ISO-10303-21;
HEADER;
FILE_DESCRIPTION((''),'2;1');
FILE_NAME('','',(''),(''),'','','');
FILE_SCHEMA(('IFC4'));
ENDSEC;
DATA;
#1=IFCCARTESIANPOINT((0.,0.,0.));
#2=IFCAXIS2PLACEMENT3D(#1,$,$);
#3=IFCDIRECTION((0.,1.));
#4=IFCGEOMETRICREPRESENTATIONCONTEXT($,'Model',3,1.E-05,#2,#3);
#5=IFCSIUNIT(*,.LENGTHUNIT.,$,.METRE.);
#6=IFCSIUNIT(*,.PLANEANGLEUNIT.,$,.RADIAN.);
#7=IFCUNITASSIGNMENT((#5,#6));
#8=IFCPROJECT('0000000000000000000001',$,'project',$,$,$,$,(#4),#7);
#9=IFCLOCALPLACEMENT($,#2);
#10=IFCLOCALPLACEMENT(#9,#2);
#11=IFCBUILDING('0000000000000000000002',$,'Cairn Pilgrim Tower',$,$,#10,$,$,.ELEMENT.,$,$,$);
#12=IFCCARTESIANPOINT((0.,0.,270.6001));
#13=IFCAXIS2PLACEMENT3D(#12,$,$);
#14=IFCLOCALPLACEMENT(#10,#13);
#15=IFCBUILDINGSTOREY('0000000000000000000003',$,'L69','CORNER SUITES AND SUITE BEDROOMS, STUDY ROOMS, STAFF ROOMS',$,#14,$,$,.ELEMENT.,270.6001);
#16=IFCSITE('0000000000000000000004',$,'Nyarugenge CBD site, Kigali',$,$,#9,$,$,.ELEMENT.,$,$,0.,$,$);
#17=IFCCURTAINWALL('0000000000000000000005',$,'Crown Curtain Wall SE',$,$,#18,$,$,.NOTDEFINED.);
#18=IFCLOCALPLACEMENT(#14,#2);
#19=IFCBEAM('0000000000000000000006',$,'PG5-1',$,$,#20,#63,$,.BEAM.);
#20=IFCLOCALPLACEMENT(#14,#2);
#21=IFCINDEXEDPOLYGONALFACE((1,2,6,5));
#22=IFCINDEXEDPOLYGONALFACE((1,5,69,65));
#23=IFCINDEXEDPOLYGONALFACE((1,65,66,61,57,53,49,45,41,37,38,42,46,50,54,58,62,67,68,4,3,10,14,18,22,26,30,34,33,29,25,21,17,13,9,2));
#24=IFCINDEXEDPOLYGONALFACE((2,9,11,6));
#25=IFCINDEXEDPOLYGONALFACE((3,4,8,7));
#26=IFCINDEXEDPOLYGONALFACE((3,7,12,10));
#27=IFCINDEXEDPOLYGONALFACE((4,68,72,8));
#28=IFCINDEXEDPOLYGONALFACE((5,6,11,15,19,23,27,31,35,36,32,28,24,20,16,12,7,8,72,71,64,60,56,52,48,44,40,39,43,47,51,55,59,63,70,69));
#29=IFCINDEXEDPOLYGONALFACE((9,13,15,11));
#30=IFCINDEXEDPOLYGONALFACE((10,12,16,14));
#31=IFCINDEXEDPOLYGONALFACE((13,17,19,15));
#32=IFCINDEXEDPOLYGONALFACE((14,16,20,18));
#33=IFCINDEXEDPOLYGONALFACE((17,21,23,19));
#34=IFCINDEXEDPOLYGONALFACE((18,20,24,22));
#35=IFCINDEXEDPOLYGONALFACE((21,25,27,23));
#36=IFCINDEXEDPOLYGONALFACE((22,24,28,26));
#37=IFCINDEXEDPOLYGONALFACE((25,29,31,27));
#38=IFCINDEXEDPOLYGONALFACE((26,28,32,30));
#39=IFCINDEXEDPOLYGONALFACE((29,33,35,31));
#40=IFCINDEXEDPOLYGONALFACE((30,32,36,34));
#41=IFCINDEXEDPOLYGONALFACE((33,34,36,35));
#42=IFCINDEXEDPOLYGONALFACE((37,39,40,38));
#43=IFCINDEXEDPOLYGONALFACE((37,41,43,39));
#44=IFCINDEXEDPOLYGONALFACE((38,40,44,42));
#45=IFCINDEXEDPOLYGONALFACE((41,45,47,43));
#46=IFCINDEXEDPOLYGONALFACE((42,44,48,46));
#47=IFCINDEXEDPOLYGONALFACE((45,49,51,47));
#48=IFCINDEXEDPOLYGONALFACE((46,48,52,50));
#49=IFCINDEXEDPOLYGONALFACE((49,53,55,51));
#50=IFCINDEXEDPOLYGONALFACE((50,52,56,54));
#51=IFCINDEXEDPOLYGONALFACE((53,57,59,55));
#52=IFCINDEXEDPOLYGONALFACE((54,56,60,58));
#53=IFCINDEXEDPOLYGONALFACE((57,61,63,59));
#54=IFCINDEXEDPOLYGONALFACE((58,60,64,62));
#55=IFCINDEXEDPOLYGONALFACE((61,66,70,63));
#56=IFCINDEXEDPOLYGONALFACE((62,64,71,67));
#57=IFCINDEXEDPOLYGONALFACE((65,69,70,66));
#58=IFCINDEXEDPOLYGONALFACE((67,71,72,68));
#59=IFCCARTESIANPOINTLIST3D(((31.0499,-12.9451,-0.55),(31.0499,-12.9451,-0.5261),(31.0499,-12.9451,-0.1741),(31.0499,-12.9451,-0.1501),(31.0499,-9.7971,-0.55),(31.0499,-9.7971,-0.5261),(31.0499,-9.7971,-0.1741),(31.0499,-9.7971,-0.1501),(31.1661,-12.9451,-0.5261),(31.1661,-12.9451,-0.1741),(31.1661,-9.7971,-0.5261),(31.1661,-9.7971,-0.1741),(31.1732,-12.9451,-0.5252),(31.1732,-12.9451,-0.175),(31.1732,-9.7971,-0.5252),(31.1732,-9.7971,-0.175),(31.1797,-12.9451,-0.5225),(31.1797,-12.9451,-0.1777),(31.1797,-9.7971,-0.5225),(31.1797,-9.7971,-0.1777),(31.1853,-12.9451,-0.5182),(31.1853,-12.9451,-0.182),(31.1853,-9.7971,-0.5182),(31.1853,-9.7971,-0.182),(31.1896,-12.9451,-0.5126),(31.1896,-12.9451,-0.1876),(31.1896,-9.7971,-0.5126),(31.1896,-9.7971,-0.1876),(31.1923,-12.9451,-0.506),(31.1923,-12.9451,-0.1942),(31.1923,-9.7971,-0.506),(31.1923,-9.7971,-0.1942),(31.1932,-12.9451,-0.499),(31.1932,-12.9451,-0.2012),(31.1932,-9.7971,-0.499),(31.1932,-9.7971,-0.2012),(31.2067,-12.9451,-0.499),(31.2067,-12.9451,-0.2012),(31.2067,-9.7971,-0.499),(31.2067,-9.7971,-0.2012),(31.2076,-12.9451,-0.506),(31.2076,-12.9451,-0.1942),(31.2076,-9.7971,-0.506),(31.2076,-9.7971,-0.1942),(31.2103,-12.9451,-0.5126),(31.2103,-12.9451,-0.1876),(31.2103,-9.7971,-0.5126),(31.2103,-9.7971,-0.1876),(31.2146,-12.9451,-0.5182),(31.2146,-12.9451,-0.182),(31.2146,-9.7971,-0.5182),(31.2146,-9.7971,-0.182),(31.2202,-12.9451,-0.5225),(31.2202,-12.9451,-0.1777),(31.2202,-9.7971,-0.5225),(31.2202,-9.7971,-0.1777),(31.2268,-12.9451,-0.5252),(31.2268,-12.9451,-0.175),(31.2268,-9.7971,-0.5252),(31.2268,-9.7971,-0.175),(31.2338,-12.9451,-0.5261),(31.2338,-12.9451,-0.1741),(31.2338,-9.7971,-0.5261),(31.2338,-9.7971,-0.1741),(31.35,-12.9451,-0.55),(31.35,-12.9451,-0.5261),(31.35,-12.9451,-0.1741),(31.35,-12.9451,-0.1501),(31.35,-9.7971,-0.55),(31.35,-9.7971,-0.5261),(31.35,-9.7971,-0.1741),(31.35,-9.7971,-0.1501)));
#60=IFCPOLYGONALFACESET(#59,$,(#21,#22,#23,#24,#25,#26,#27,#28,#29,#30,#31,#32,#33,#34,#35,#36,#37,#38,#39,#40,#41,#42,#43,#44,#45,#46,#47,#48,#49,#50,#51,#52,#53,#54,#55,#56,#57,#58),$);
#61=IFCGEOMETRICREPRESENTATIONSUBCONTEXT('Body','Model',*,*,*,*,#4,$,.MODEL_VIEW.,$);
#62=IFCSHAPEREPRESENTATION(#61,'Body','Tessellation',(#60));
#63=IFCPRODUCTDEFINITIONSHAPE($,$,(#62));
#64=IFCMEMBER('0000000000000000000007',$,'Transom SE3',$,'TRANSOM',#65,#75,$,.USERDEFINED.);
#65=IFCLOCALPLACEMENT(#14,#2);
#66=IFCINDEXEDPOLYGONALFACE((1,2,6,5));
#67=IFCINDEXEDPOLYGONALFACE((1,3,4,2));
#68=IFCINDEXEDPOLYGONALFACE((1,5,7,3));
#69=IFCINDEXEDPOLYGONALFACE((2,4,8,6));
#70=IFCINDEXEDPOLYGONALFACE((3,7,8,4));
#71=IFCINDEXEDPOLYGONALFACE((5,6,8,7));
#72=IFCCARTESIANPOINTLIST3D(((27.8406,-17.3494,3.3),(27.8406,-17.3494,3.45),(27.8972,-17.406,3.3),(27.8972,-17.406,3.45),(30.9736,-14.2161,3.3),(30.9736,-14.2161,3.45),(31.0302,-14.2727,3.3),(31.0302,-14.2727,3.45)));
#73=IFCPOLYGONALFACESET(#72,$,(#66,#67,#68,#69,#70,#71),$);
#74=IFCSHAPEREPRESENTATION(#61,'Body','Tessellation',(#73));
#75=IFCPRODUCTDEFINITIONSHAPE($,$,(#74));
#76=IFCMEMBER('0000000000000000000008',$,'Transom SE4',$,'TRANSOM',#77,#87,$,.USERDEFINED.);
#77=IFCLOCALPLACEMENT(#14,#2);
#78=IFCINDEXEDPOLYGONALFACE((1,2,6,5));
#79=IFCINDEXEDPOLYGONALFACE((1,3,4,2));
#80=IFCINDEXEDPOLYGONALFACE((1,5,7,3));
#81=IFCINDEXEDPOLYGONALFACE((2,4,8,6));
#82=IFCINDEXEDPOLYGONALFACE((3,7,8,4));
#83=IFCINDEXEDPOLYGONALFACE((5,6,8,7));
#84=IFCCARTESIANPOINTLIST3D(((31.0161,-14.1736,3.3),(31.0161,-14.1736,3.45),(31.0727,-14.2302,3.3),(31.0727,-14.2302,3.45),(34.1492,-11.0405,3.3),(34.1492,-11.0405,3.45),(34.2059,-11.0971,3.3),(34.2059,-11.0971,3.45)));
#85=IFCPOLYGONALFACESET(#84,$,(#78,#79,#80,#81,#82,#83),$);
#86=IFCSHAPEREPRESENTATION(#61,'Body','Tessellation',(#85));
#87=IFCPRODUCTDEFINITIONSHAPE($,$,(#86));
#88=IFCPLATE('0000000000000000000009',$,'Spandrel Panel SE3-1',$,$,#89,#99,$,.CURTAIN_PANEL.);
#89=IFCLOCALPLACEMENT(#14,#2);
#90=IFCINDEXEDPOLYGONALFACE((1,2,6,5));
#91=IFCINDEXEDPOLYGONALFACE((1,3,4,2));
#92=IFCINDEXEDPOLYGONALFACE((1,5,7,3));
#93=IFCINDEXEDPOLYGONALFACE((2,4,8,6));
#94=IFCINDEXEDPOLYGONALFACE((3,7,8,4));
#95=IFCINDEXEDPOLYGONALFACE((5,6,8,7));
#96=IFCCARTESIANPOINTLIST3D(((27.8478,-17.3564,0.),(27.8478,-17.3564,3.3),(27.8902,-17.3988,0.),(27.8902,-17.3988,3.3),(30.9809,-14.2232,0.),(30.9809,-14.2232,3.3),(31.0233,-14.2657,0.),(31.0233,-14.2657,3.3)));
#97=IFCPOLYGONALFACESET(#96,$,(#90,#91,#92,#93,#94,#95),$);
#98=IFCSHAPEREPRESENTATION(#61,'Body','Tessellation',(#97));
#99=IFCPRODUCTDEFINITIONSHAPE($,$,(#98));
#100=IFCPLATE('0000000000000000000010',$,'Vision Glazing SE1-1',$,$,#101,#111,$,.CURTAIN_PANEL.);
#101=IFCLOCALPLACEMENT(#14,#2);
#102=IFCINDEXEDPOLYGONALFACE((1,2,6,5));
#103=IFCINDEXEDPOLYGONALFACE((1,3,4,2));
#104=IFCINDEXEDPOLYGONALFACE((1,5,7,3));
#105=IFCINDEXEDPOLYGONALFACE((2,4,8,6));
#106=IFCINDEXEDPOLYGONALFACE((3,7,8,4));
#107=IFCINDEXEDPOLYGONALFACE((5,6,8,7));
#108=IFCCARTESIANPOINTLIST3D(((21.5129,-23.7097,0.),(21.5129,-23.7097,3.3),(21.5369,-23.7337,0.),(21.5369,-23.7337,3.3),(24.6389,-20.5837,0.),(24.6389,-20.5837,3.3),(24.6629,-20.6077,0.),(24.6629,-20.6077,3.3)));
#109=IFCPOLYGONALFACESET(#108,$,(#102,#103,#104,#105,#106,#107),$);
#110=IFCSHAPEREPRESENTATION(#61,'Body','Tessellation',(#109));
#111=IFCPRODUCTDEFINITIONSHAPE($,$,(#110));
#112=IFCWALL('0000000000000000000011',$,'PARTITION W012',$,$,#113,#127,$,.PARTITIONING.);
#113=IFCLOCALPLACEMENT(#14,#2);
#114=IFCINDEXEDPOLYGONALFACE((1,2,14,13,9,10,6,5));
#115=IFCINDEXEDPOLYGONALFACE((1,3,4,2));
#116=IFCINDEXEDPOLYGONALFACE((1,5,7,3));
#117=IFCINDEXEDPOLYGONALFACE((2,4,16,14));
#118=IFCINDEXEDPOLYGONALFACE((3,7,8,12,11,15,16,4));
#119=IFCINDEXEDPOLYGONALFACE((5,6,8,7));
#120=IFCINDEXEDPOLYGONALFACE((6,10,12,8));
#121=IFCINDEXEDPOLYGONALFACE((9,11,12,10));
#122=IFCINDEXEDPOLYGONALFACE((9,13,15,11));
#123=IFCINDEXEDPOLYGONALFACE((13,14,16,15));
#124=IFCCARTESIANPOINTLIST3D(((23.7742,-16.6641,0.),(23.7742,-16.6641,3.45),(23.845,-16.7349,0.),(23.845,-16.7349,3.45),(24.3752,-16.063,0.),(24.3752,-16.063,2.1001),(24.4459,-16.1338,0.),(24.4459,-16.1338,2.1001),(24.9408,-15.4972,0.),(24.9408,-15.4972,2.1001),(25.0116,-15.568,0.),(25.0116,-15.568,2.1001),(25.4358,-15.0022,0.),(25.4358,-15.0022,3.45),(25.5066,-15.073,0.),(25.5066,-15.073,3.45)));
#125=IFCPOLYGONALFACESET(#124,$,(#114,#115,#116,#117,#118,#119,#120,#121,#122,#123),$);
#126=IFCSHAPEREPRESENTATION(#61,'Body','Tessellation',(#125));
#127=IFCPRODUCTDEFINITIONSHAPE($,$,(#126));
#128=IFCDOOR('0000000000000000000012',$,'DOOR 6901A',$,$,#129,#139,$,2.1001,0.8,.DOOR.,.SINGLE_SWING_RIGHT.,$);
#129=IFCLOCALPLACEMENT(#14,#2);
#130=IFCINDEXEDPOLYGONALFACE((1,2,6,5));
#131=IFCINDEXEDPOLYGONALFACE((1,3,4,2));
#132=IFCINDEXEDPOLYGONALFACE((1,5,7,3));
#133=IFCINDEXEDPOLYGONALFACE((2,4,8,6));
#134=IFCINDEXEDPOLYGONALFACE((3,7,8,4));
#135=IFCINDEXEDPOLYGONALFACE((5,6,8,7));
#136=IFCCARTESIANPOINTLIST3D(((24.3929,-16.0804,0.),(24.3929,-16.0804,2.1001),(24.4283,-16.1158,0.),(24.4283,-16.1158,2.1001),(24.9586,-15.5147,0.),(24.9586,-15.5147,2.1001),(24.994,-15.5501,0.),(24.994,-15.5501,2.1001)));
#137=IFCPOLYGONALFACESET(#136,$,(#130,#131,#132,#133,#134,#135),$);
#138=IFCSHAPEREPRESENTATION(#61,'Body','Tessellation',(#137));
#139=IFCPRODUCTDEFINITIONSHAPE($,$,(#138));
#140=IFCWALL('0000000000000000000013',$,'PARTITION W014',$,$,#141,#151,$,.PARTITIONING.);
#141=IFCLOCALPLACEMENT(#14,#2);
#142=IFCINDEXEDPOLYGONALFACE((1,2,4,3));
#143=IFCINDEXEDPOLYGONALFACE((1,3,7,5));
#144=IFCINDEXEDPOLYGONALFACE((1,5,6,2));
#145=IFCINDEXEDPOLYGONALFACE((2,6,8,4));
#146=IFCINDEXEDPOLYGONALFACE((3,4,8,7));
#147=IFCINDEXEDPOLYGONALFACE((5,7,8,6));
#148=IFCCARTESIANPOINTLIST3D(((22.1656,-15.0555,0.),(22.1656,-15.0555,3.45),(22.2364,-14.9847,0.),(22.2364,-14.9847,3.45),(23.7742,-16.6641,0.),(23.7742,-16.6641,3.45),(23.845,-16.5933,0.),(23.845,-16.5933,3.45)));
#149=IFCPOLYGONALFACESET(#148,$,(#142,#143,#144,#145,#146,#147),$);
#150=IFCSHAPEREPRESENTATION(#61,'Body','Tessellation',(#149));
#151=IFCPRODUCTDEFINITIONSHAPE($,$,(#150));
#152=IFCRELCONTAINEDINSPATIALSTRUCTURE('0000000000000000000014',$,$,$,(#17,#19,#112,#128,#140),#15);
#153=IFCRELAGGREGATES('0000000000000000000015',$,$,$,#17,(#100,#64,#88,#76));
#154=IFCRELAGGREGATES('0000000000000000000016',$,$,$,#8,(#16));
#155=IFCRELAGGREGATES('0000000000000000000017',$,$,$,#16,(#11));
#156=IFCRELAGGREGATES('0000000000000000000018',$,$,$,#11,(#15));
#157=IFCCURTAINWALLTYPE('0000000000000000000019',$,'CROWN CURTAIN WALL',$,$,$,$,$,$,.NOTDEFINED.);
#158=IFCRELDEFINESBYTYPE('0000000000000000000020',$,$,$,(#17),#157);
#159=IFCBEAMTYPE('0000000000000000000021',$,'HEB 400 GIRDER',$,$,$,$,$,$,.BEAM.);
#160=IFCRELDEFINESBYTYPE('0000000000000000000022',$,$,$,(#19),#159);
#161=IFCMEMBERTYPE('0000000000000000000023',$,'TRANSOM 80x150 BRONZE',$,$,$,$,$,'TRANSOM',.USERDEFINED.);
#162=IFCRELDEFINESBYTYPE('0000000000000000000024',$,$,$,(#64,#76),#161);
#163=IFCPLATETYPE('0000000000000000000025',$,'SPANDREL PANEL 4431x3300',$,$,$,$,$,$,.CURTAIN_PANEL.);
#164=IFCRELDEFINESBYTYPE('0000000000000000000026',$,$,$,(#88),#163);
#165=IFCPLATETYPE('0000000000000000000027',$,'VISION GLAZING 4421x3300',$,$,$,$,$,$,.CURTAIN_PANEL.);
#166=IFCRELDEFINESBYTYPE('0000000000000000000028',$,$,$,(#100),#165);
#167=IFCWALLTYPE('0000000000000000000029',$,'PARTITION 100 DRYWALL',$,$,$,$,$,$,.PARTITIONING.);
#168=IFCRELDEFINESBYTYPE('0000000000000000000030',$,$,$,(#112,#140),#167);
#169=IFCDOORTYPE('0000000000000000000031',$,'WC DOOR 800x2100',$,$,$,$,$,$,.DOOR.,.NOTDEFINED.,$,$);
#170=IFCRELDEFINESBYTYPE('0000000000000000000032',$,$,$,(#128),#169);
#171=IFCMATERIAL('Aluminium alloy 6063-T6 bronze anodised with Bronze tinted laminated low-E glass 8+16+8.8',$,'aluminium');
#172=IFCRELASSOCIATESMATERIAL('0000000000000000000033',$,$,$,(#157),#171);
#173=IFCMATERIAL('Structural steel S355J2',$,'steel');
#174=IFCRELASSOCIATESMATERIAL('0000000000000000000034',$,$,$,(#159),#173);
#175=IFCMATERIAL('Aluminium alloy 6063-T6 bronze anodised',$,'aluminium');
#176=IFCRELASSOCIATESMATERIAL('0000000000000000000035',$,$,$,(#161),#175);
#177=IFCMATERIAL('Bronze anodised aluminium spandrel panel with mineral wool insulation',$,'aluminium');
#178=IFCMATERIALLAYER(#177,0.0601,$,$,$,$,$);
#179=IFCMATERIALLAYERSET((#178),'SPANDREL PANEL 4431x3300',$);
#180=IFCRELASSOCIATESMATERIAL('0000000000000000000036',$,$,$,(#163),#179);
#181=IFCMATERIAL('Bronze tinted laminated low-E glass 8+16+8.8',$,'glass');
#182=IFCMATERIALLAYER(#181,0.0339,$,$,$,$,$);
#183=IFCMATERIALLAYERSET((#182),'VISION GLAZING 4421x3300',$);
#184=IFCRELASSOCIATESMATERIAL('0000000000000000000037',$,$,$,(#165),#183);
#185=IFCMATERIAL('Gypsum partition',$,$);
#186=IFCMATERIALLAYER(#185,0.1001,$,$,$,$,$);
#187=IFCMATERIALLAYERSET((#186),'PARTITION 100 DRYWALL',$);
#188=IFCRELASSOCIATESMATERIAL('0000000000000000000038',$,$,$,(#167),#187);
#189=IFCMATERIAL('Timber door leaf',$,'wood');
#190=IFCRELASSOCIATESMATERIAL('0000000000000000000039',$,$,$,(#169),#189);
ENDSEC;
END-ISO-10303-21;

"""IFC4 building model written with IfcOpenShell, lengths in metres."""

from ifc_helpers import new_model, si_unit, direction, frame, frame_2d, origin, origin_2d, place, context, subcontext, project, spatial, rectangle, i_section, extrude, material, layer, layer_set, material_profile, profile_set, type_object, element, fill, aggregate, save


model = new_model("IFC4")

# Units and contexts
model_context = context("Model", 3, precision=1e-05, world=origin(), true_north=direction((0.0, 1.0)))
body_context = subcontext(model_context, "Body", "Model", "MODEL_VIEW")
ifc_project = project(units=[si_unit("LENGTHUNIT", "METRE"), si_unit("PLANEANGLEUNIT", "RADIAN")], contexts=[model_context])

# Site, building, storey
site_placement = place(None, origin())
site = spatial("IfcSite", under=ifc_project, at=site_placement, Name="Nyarugenge CBD site, Kigali", CompositionType="ELEMENT", RefElevation=0.0)
building_placement = place(site_placement, origin())
building = spatial("IfcBuilding", under=site, at=building_placement, Name="Cairn Pilgrim Tower", CompositionType="ELEMENT")
storey_placement = place(building_placement, frame((0.0, 0.0, 270.6001)))
storey = spatial("IfcBuildingStorey", under=building, at=storey_placement, Name="L69", Description="CORNER SUITES AND SUITE BEDROOMS, STUDY ROOMS, STAFF ROOMS", CompositionType="ELEMENT", Elevation=270.6001)

# Shared definitions
ifc_material_1 = material(Name="Structural steel S355J2", Category="steel")

# Curtain wall
ifc_material_2 = material(Name="Aluminium alloy 6063-T6 bronze anodised with Bronze tinted laminated low-E glass 8+16+8.8", Category="aluminium")
curtain_wall_type = type_object("IfcCurtainWallType", Name="CROWN CURTAIN WALL", PredefinedType="NOTDEFINED", material=ifc_material_2)
curtain_wall_placement = place(storey_placement, origin())
curtain_wall = element("IfcCurtainWall", 1, at=curtain_wall_placement, inside=storey, type_object=curtain_wall_type, Name="Crown Curtain Wall SE", PredefinedType="NOTDEFINED")
ifc_material_3 = material(Name="Aluminium alloy 6063-T6 bronze anodised", Category="aluminium")

# Beam
ifc_material_profile_1 = material_profile(ifc_material_1, i_section(OverallWidth=0.3, OverallDepth=0.3999, WebThickness=0.0134, FlangeThickness=0.0239, FilletRadius=0.0271, at=origin_2d()), Name="HEB 400")
ifc_profile_set_1 = profile_set([ifc_material_profile_1], Name="Structural steel S355J2")
beam_type_1 = type_object("IfcBeamType", Name="HEB 400 GIRDER", PredefinedType="BEAM", material=ifc_profile_set_1)
beam_placement = place(storey_placement, frame((31.2, -12.9451, -0.3501), z_axis=(0.0, 1.0, 0.0), x_axis=(-1.0, 0.0, 0.0)))
element("IfcBeam", 2, at=beam_placement, inside=storey, type_object=beam_type_1, Name="PG5-1", PredefinedType="BEAM", context=body_context, shape_type="SweptSolid", body=[
    extrude(i_section(OverallWidth=0.3, OverallDepth=0.3999, WebThickness=0.0134, FlangeThickness=0.0239, FilletRadius=0.0271, at=origin_2d()), origin(), (0.0, 0.0, 1.0), 3.1479),
])

# Members
ifc_material_profile_2 = material_profile(ifc_material_3, rectangle(XDim=0.0801, YDim=0.1499, at=origin_2d()), Name="TRANSOM 80x150 BRONZE")
ifc_profile_set_2 = profile_set([ifc_material_profile_2], Name="Aluminium alloy 6063-T6 bronze anodised")
member_type_1 = type_object("IfcMemberType", Name="TRANSOM 80x150 BRONZE", ElementType="TRANSOM", PredefinedType="USERDEFINED", material=ifc_profile_set_2)
member_1_placement = place(storey_placement, frame((27.8689, -17.3777, 3.375), z_axis=(0.707079, 0.707134, 0.0), x_axis=(-0.707134, 0.707079, 0.0)))
member_1 = element("IfcMember", 3, at=member_1_placement, type_object=member_type_1, Name="Transom SE3", ObjectType="TRANSOM", PredefinedType="USERDEFINED", context=body_context, shape_type="SweptSolid", body=[
    extrude(rectangle(XDim=0.0801, YDim=0.1499, at=origin_2d()), origin(), (0.0, 0.0, 1.0), 4.4309),
])
member_2_placement = place(storey_placement, frame((31.0444, -14.2019, 3.375), z_axis=(0.707107, 0.707107, 0.0), x_axis=(-0.707107, 0.707107, 0.0)))
member_2 = element("IfcMember", 4, at=member_2_placement, type_object=member_type_1, Name="Transom SE4", ObjectType="TRANSOM", PredefinedType="USERDEFINED", context=body_context, shape_type="SweptSolid", body=[
    extrude(rectangle(XDim=0.0801, YDim=0.1499, at=origin_2d()), origin(), (0.0, 0.0, 1.0), 4.4309),
])

# Plates
ifc_material_4 = material(Name="Bronze anodised aluminium spandrel panel with mineral wool insulation", Category="aluminium")
ifc_layer_1 = layer(ifc_material_4, 0.0601)
ifc_layer_set_1 = layer_set([ifc_layer_1], Name="SPANDREL PANEL 4431x3300")
plate_type_1 = type_object("IfcPlateType", Name="SPANDREL PANEL 4431x3300", PredefinedType="CURTAIN_PANEL", material=ifc_layer_set_1)
plate_1_placement = place(storey_placement, frame((29.4355, -15.811, 0.0), z_axis=(0.0, 0.0, 1.0), x_axis=(0.707107, 0.707107, 0.0)))
plate_1 = element("IfcPlate", 5, at=plate_1_placement, type_object=plate_type_1, Name="Spandrel Panel SE3-1", PredefinedType="CURTAIN_PANEL", context=body_context, shape_type="SweptSolid", body=[
    extrude(rectangle(XDim=4.4309, YDim=0.0601, at=origin_2d()), origin(), (0.0, 0.0, 1.0), 3.3),
])
ifc_material_5 = material(Name="Bronze tinted laminated low-E glass 8+16+8.8", Category="glass")
ifc_layer_2 = layer(ifc_material_5, 0.0339)
ifc_layer_set_2 = layer_set([ifc_layer_2], Name="VISION GLAZING 4421x3300")
plate_type_2 = type_object("IfcPlateType", Name="VISION GLAZING 4421x3300", PredefinedType="CURTAIN_PANEL", material=ifc_layer_set_2)
plate_2_placement = place(storey_placement, frame((23.0879, -22.1587, 0.0), z_axis=(0.0, 0.0, 1.0), x_axis=(0.707107, 0.707107, 0.0)))
plate_2 = element("IfcPlate", 6, at=plate_2_placement, type_object=plate_type_2, Name="Vision Glazing SE1-1", PredefinedType="CURTAIN_PANEL", context=body_context, shape_type="SweptSolid", body=[
    extrude(rectangle(XDim=4.4209, YDim=0.0339, at=origin_2d()), origin(), (0.0, 0.0, 1.0), 3.3),
])
aggregate(curtain_wall, [plate_2, member_1, plate_1, member_2])

# Wall, opening, door
ifc_material_6 = material(Name="Gypsum partition")
ifc_layer_3 = layer(ifc_material_6, 0.1001)
ifc_layer_set_3 = layer_set([ifc_layer_3], Name="PARTITION 100 DRYWALL")
wall_type_1 = type_object("IfcWallType", Name="PARTITION 100 DRYWALL", PredefinedType="PARTITIONING", material=ifc_layer_set_3)
wall_1_placement = place(storey_placement, frame((23.8096, -16.6995, 0.0), z_axis=(0.0, 0.0, 1.0), x_axis=(0.707055, 0.707159, 0.0)))
wall_1 = element("IfcWall", 7, at=wall_1_placement, inside=storey, type_object=wall_type_1, Name="PARTITION W012", PredefinedType="PARTITIONING", context=body_context, shape_type="SweptSolid", body=[
    extrude(rectangle(XDim=2.3501, YDim=0.1001, at=frame_2d((1.175, 0.0))), origin(), (0.0, 0.0, 1.0), 3.45),
])
opening_1_placement = place(wall_1_placement, frame((0.8501, 0.0, 0.0)))
opening_1 = element("IfcOpeningElement", 8, at=opening_1_placement, cuts=wall_1, PredefinedType="OPENING", context=body_context, shape_type="SweptSolid", body=[
    extrude(rectangle(XDim=0.8, YDim=2.1001, at=frame_2d((0.3999, 1.05))), frame((0.0, 0.0601, 0.0), z_axis=(0.0, -1.0, 0.0), x_axis=(1.0, 0.0, 0.0)), (0.0, 0.0, 1.0), 0.1201),
])
ifc_material_7 = material(Name="Timber door leaf", Category="wood")
door_type_1 = type_object("IfcDoorType", Name="WC DOOR 800x2100", OperationType="NOTDEFINED", PredefinedType="DOOR", material=ifc_material_7)
door_1_placement = place(opening_1_placement, frame((0.8, 0.0, 0.0), z_axis=(0.0, 0.0, 1.0), x_axis=(-1.0, 0.0, 0.0)))
door_1 = element("IfcDoor", 9, at=door_1_placement, inside=storey, type_object=door_type_1, Name="DOOR 6901A", OperationType="SINGLE_SWING_RIGHT", OverallHeight=2.1001, OverallWidth=0.8, PredefinedType="DOOR", context=body_context, shape_type="SweptSolid", body=[
    extrude(rectangle(XDim=0.8, YDim=2.1001, at=frame_2d((0.3999, 1.05))), frame((0.0, 0.0249, 0.0), z_axis=(0.0, -1.0, 0.0), x_axis=(1.0, 0.0, 0.0)), (0.0, 0.0, 1.0), 0.05),
])
fill(opening_1, door_1)

# Wall
wall_2_placement = place(storey_placement, frame((23.8096, -16.6287, 0.0), z_axis=(0.0, 0.0, 1.0), x_axis=(-0.707107, 0.707107, 0.0)))
element("IfcWall", 10, at=wall_2_placement, inside=storey, type_object=wall_type_1, Name="PARTITION W014", PredefinedType="PARTITIONING", context=body_context, shape_type="SweptSolid", body=[
    extrude(rectangle(XDim=2.2749, YDim=0.1001, at=frame_2d((1.1375, 0.0))), origin(), (0.0, 0.0, 1.0), 3.45),
])

save(model, "model.ifc")
